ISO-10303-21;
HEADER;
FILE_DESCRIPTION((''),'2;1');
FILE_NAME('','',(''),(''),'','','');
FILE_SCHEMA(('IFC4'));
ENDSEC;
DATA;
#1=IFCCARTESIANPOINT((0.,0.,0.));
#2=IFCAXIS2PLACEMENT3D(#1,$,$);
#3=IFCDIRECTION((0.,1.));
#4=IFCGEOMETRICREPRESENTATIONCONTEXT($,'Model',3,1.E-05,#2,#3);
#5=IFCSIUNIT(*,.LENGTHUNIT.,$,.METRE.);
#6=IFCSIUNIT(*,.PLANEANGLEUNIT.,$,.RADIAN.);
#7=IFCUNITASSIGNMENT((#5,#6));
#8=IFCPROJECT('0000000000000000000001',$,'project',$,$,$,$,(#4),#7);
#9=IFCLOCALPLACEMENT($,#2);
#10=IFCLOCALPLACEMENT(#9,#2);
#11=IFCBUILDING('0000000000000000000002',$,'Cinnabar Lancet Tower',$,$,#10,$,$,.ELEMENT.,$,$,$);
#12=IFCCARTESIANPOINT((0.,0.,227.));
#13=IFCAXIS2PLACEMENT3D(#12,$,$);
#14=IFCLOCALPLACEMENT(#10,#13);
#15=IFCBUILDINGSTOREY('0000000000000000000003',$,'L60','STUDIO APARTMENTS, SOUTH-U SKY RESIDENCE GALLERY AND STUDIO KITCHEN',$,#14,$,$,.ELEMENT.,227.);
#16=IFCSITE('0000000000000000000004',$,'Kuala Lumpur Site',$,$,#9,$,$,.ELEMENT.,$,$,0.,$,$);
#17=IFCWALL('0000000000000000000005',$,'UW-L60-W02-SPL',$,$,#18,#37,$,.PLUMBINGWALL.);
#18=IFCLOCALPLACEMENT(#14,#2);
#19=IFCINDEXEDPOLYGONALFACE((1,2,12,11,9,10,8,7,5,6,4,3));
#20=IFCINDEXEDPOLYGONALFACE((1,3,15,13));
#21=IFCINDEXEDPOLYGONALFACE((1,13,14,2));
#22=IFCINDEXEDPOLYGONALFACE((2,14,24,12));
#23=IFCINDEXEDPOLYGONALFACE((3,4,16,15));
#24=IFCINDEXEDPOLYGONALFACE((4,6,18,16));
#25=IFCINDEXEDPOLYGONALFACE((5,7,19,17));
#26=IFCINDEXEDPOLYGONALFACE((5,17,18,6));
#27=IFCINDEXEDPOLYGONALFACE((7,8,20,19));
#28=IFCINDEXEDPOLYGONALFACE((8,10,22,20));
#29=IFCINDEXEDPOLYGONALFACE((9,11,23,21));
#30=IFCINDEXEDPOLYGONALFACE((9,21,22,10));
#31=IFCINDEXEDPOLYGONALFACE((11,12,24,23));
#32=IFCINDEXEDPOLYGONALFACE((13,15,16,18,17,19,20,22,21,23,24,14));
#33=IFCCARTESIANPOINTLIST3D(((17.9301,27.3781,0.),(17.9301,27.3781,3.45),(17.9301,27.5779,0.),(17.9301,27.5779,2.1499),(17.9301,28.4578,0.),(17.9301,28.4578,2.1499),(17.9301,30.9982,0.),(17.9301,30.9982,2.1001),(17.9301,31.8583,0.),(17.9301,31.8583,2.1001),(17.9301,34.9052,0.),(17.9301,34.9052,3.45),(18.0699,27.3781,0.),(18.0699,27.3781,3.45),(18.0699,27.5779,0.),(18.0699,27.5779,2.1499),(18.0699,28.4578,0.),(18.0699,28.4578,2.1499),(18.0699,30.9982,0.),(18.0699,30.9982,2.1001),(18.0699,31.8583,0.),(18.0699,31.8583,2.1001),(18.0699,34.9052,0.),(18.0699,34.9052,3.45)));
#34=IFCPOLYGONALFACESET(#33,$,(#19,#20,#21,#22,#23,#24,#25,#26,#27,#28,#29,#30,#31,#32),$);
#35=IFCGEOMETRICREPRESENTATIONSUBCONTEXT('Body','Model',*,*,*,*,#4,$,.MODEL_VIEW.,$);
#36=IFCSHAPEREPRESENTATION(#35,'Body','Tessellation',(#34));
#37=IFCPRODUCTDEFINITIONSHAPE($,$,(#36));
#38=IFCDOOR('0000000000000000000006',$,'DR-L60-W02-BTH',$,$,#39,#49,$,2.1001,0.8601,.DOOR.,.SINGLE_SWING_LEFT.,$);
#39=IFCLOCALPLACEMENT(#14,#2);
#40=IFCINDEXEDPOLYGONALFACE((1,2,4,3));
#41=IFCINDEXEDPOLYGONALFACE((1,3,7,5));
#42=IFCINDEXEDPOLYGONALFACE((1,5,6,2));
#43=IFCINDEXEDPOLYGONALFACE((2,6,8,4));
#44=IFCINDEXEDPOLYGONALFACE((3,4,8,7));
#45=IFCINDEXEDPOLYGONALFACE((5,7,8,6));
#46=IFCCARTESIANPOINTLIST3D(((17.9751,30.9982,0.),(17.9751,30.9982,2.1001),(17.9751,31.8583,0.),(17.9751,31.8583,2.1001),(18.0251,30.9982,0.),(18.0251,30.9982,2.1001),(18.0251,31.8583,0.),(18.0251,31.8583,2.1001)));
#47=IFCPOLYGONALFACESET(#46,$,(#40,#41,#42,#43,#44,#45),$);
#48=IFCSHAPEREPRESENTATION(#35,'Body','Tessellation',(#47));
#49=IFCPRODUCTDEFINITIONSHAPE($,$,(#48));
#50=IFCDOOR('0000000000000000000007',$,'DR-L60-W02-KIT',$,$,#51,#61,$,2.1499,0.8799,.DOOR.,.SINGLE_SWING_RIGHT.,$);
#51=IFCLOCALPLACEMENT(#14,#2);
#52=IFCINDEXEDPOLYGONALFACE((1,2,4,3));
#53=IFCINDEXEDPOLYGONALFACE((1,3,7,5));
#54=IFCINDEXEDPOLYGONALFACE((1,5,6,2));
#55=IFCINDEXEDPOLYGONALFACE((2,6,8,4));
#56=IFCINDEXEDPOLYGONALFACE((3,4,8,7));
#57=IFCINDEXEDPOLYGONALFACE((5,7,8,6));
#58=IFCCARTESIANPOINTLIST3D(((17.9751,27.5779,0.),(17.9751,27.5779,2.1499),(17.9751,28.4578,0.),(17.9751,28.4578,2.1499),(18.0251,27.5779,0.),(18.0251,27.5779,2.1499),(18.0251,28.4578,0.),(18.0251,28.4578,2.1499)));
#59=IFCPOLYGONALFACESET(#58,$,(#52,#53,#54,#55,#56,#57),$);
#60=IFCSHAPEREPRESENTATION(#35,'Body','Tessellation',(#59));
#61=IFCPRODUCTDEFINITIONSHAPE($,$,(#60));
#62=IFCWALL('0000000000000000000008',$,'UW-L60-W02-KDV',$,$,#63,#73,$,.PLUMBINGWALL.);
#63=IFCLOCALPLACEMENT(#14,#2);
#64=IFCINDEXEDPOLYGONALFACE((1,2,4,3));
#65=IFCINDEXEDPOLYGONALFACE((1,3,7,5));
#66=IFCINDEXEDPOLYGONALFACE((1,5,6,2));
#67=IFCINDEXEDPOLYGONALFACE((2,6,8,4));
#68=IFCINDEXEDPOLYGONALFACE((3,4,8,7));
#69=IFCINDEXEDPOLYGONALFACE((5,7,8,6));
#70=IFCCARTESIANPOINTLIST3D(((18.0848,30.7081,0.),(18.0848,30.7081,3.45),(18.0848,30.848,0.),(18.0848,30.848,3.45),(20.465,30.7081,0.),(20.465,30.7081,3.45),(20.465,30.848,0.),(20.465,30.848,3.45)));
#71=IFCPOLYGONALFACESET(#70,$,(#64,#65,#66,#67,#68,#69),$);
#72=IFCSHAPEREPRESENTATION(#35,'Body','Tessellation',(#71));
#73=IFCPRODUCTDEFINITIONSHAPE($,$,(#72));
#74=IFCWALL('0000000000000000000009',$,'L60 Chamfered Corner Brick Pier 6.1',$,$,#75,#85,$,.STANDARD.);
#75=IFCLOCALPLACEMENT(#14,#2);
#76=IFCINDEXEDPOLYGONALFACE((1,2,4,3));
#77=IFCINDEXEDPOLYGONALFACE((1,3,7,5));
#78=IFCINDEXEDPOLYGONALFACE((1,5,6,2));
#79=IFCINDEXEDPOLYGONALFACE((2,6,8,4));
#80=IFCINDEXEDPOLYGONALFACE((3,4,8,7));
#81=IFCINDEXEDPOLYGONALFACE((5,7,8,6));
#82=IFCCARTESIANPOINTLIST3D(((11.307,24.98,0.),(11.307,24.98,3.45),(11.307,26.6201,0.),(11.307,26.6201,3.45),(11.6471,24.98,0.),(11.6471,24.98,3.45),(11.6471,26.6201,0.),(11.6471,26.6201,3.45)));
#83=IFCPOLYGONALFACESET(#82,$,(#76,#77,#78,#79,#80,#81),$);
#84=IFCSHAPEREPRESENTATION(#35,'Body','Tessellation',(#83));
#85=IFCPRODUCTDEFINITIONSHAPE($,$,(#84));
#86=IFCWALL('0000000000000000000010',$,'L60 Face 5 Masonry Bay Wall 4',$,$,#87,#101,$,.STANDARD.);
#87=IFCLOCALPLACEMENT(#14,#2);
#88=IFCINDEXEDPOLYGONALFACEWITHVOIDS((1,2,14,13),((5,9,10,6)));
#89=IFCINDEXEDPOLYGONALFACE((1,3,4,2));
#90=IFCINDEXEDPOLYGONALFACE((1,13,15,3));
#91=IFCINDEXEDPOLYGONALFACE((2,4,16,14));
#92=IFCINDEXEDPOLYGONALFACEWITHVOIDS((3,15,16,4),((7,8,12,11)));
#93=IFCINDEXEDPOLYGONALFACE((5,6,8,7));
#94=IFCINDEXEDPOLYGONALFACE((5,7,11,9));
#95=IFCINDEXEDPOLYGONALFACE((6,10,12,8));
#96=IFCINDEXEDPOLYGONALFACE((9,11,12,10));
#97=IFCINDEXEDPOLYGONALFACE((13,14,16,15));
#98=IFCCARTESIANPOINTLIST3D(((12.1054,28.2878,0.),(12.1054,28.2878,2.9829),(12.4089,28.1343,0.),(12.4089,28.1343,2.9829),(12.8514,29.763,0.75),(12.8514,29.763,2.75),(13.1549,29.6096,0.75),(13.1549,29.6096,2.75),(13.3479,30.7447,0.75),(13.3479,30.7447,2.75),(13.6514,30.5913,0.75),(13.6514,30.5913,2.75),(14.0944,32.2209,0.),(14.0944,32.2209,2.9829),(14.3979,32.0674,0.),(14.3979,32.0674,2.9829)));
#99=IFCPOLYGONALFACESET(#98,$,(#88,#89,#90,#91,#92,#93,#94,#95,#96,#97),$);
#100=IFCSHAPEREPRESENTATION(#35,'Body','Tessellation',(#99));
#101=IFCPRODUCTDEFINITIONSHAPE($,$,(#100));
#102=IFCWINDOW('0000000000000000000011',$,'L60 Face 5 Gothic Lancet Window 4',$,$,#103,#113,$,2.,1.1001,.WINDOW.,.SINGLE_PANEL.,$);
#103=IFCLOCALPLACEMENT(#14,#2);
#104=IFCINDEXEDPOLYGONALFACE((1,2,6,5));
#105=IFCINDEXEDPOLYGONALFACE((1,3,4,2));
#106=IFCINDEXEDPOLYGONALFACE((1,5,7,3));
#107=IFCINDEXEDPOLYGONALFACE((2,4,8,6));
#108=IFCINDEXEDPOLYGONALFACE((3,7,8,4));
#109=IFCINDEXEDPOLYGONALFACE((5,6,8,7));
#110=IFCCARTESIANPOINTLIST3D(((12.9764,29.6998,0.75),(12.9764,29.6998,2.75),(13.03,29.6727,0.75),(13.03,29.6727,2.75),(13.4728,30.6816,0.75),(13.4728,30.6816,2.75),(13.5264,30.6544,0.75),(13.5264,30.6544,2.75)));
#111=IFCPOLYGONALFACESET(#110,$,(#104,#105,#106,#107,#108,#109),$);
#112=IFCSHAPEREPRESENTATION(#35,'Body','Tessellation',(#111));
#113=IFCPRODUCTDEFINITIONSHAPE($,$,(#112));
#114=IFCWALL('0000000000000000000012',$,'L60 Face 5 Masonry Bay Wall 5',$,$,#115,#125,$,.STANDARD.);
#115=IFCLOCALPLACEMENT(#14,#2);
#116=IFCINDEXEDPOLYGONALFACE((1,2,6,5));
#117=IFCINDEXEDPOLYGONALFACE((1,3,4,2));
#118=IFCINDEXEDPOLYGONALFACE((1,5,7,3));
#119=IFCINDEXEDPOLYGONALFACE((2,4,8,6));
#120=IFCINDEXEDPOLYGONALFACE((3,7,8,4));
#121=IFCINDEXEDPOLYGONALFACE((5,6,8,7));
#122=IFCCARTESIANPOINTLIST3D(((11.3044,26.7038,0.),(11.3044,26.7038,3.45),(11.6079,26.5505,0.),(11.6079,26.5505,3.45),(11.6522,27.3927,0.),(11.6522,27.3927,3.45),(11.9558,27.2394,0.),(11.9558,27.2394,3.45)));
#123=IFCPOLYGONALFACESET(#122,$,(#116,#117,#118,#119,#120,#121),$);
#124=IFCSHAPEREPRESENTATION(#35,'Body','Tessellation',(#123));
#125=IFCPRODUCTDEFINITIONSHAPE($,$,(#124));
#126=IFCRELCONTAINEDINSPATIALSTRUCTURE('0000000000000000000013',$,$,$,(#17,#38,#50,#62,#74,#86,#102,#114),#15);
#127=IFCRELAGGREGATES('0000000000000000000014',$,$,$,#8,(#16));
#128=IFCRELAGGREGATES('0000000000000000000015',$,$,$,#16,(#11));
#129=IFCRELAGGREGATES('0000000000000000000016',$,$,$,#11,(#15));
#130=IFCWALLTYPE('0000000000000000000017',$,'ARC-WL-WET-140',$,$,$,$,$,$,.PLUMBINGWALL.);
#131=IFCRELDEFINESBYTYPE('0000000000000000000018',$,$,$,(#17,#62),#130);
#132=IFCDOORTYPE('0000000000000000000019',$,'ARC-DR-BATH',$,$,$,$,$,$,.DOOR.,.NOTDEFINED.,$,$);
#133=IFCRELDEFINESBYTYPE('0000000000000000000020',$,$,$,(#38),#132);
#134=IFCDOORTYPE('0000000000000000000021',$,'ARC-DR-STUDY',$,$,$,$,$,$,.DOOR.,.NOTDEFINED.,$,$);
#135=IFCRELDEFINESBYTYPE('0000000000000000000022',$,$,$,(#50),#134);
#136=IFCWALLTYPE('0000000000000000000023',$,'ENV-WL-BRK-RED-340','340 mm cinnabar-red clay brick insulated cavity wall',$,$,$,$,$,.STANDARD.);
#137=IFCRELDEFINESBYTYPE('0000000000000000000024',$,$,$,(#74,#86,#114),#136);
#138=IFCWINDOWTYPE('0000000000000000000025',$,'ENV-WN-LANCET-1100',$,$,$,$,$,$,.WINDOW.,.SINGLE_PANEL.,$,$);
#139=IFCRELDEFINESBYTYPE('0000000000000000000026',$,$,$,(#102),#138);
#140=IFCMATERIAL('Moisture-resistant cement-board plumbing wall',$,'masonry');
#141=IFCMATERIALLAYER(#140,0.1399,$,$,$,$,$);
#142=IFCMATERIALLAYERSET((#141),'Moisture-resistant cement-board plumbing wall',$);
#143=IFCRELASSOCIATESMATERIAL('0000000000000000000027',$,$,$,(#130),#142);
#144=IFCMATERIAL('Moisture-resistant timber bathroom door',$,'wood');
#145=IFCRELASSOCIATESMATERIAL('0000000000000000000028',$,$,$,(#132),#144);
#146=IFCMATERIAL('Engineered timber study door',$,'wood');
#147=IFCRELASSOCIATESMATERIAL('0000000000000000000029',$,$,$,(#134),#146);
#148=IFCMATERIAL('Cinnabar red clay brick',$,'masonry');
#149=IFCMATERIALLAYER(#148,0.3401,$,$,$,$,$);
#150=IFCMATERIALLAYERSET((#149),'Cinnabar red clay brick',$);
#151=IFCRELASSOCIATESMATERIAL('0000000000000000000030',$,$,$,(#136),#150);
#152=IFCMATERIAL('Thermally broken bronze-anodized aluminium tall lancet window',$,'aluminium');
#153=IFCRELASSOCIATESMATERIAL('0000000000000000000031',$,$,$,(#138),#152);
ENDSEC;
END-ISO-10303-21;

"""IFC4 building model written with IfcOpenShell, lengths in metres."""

from ifc_helpers import new_model, si_unit, direction, frame, frame_2d, origin, place, context, subcontext, project, spatial, rectangle, extrude, material, layer, layer_set, type_object, element, fill, save


model = new_model("IFC4")

# Units and contexts
model_context = context("Model", 3, precision=1e-05, world=origin(), true_north=direction((0.0, 1.0)))
body_context = subcontext(model_context, "Body", "Model", "MODEL_VIEW")
ifc_project = project(units=[si_unit("LENGTHUNIT", "METRE"), si_unit("PLANEANGLEUNIT", "RADIAN")], contexts=[model_context])

# Site, building, storey
site_placement = place(None, origin())
site = spatial("IfcSite", under=ifc_project, at=site_placement, Name="Kuala Lumpur Site", CompositionType="ELEMENT", RefElevation=0.0)
building_placement = place(site_placement, origin())
building = spatial("IfcBuilding", under=site, at=building_placement, Name="Cinnabar Lancet Tower", CompositionType="ELEMENT")
storey_placement = place(building_placement, frame((0.0, 0.0, 227.0)))
storey = spatial("IfcBuildingStorey", under=building, at=storey_placement, Name="L60", Description="STUDIO APARTMENTS, SOUTH-U SKY RESIDENCE GALLERY AND STUDIO KITCHEN", CompositionType="ELEMENT", Elevation=227.0)

# Wall, openings, doors
ifc_material_1 = material(Name="Moisture-resistant cement-board plumbing wall", Category="masonry")
ifc_layer_1 = layer(ifc_material_1, 0.1399)
ifc_layer_set_1 = layer_set([ifc_layer_1], Name="Moisture-resistant cement-board plumbing wall")
wall_type_1 = type_object("IfcWallType", Name="ARC-WL-WET-140", PredefinedType="PLUMBINGWALL", material=ifc_layer_set_1)
wall_1_placement = place(storey_placement, frame((18.0, 27.3779, 0.0), z_axis=(0.0, 0.0, 1.0), x_axis=(0.0, 1.0, 0.0)))
wall_1 = element("IfcWall", 1, at=wall_1_placement, inside=storey, type_object=wall_type_1, Name="UW-L60-W02-SPL", PredefinedType="PLUMBINGWALL", context=body_context, shape_type="SweptSolid", body=[
    extrude(rectangle(XDim=7.5271, YDim=0.1399, at=frame_2d((3.7637, 0.0))), origin(), (0.0, 0.0, 1.0), 3.45),
])
opening_1_placement = place(wall_1_placement, frame((3.6201, 0.0, 0.0)))
opening_1 = element("IfcOpeningElement", 2, at=opening_1_placement, cuts=wall_1, PredefinedType="OPENING", context=body_context, shape_type="SweptSolid", body=[
    extrude(rectangle(XDim=0.8601, YDim=2.1001, at=frame_2d((0.4302, 1.05))), frame((0.0, 0.0798, 0.0), z_axis=(0.0, -1.0, 0.0), x_axis=(1.0, 0.0, 0.0)), (0.0, 0.0, 1.0), 0.1599),
])
opening_2_placement = place(wall_1_placement, frame((0.2, 0.0, 0.0)))
opening_2 = element("IfcOpeningElement", 3, at=opening_2_placement, cuts=wall_1, PredefinedType="OPENING", context=body_context, shape_type="SweptSolid", body=[
    extrude(rectangle(XDim=0.8799, YDim=2.1499, at=frame_2d((0.4399, 1.075))), frame((0.0, 0.0798, 0.0), z_axis=(0.0, -1.0, 0.0), x_axis=(1.0, 0.0, 0.0)), (0.0, 0.0, 1.0), 0.1599),
])
ifc_material_2 = material(Name="Moisture-resistant timber bathroom door", Category="wood")
door_type_1 = type_object("IfcDoorType", Name="ARC-DR-BATH", OperationType="NOTDEFINED", PredefinedType="DOOR", material=ifc_material_2)
door_1_placement = place(opening_1_placement, origin())
door_1 = element("IfcDoor", 4, at=door_1_placement, inside=storey, type_object=door_type_1, Name="DR-L60-W02-BTH", OperationType="SINGLE_SWING_LEFT", OverallHeight=2.1001, OverallWidth=0.8601, PredefinedType="DOOR", context=body_context, shape_type="SweptSolid", body=[
    extrude(rectangle(XDim=0.8601, YDim=2.1001, at=frame_2d((0.4302, 1.05))), frame((0.0, 0.0249, 0.0), z_axis=(0.0, -1.0, 0.0), x_axis=(1.0, 0.0, 0.0)), (0.0, 0.0, 1.0), 0.05),
])
fill(opening_1, door_1)
ifc_material_3 = material(Name="Engineered timber study door", Category="wood")
door_type_2 = type_object("IfcDoorType", Name="ARC-DR-STUDY", OperationType="NOTDEFINED", PredefinedType="DOOR", material=ifc_material_3)
door_2_placement = place(opening_2_placement, origin())
door_2 = element("IfcDoor", 5, at=door_2_placement, inside=storey, type_object=door_type_2, Name="DR-L60-W02-KIT", OperationType="SINGLE_SWING_RIGHT", OverallHeight=2.1499, OverallWidth=0.8799, PredefinedType="DOOR", context=body_context, shape_type="SweptSolid", body=[
    extrude(rectangle(XDim=0.8799, YDim=2.1499, at=frame_2d((0.4399, 1.075))), frame((0.0, 0.0249, 0.0), z_axis=(0.0, -1.0, 0.0), x_axis=(1.0, 0.0, 0.0)), (0.0, 0.0, 1.0), 0.05),
])
fill(opening_2, door_2)

# Walls
wall_2_placement = place(storey_placement, frame((18.085, 30.7781, 0.0), z_axis=(0.0, 0.0, 1.0), x_axis=(1.0, 0.0, 0.0)))
element("IfcWall", 6, at=wall_2_placement, inside=storey, type_object=wall_type_1, Name="UW-L60-W02-KDV", PredefinedType="PLUMBINGWALL", context=body_context, shape_type="SweptSolid", body=[
    extrude(rectangle(XDim=2.3801, YDim=0.1399, at=frame_2d((1.1899, 0.0))), origin(), (0.0, 0.0, 1.0), 3.45),
])
ifc_material_4 = material(Name="Cinnabar red clay brick", Category="masonry")
ifc_layer_2 = layer(ifc_material_4, 0.3401)
ifc_layer_set_2 = layer_set([ifc_layer_2], Name="Cinnabar red clay brick")
wall_type_2 = type_object("IfcWallType", Name="ENV-WL-BRK-RED-340", Description="340 mm cinnabar-red clay brick insulated cavity wall", PredefinedType="STANDARD", material=ifc_layer_set_2)
wall_3_placement = place(storey_placement, frame((11.4771, 26.6201, 0.0), z_axis=(0.0, 0.0, 1.0), x_axis=(0.0, -1.0, 0.0)))
element("IfcWall", 7, at=wall_3_placement, inside=storey, type_object=wall_type_2, Name="L60 Chamfered Corner Brick Pier 6.1", PredefinedType="STANDARD", context=body_context, shape_type="SweptSolid", body=[
    extrude(rectangle(XDim=1.6401, YDim=0.3401, at=frame_2d((0.8201, 0.0))), origin(), (0.0, 0.0, 1.0), 3.45),
])

# Wall, opening, window
wall_4_placement = place(storey_placement, frame((14.2461, 32.144, 0.0), z_axis=(0.0, 0.0, 1.0), x_axis=(-0.451286, -0.892379, 0.0)))
wall_4 = element("IfcWall", 8, at=wall_4_placement, inside=storey, type_object=wall_type_2, Name="L60 Face 5 Masonry Bay Wall 4", PredefinedType="STANDARD", context=body_context, shape_type="SweptSolid", body=[
    extrude(rectangle(XDim=4.4075, YDim=0.3401, at=frame_2d((2.2036, 0.0))), origin(), (0.0, 0.0, 1.0), 2.9829),
])
opening_3_placement = place(wall_4_placement, frame((1.6541, 0.0, 0.75)))
opening_3 = element("IfcOpeningElement", 9, at=opening_3_placement, cuts=wall_4, PredefinedType="OPENING", context=body_context, shape_type="SweptSolid", body=[
    extrude(rectangle(XDim=1.1001, YDim=2.0, at=frame_2d((0.55, 1.0))), frame((0.0, 0.1799, 0.0), z_axis=(0.0, -1.0, 0.0), x_axis=(1.0, 0.0, 0.0)), (0.0, 0.0, 1.0), 0.3601),
])
ifc_material_5 = material(Name="Thermally broken bronze-anodized aluminium tall lancet window", Category="aluminium")
window_type = type_object("IfcWindowType", Name="ENV-WN-LANCET-1100", PartitioningType="SINGLE_PANEL", PredefinedType="WINDOW", material=ifc_material_5)
window_placement = place(opening_3_placement, origin())
window = element("IfcWindow", 10, at=window_placement, inside=storey, type_object=window_type, Name="L60 Face 5 Gothic Lancet Window 4", OverallHeight=2.0, OverallWidth=1.1001, PartitioningType="SINGLE_PANEL", PredefinedType="WINDOW", context=body_context, shape_type="SweptSolid", body=[
    extrude(rectangle(XDim=1.1001, YDim=2.0, at=frame_2d((0.55, 1.0))), frame((0.0, 0.03, 0.0), z_axis=(0.0, -1.0, 0.0), x_axis=(1.0, 0.0, 0.0)), (0.0, 0.0, 1.0), 0.0601),
])
fill(opening_3, window)

# Wall
wall_5_placement = place(storey_placement, frame((11.804, 27.3159, 0.0), z_axis=(0.0, 0.0, 1.0), x_axis=(-0.450753, -0.892649, 0.0)))
element("IfcWall", 11, at=wall_5_placement, inside=storey, type_object=wall_type_2, Name="L60 Face 5 Masonry Bay Wall 5", PredefinedType="STANDARD", context=body_context, shape_type="SweptSolid", body=[
    extrude(rectangle(XDim=0.7717, YDim=0.3401, at=frame_2d((0.3857, 0.0))), origin(), (0.0, 0.0, 1.0), 3.45),
])

save(model, "model.ifc")
